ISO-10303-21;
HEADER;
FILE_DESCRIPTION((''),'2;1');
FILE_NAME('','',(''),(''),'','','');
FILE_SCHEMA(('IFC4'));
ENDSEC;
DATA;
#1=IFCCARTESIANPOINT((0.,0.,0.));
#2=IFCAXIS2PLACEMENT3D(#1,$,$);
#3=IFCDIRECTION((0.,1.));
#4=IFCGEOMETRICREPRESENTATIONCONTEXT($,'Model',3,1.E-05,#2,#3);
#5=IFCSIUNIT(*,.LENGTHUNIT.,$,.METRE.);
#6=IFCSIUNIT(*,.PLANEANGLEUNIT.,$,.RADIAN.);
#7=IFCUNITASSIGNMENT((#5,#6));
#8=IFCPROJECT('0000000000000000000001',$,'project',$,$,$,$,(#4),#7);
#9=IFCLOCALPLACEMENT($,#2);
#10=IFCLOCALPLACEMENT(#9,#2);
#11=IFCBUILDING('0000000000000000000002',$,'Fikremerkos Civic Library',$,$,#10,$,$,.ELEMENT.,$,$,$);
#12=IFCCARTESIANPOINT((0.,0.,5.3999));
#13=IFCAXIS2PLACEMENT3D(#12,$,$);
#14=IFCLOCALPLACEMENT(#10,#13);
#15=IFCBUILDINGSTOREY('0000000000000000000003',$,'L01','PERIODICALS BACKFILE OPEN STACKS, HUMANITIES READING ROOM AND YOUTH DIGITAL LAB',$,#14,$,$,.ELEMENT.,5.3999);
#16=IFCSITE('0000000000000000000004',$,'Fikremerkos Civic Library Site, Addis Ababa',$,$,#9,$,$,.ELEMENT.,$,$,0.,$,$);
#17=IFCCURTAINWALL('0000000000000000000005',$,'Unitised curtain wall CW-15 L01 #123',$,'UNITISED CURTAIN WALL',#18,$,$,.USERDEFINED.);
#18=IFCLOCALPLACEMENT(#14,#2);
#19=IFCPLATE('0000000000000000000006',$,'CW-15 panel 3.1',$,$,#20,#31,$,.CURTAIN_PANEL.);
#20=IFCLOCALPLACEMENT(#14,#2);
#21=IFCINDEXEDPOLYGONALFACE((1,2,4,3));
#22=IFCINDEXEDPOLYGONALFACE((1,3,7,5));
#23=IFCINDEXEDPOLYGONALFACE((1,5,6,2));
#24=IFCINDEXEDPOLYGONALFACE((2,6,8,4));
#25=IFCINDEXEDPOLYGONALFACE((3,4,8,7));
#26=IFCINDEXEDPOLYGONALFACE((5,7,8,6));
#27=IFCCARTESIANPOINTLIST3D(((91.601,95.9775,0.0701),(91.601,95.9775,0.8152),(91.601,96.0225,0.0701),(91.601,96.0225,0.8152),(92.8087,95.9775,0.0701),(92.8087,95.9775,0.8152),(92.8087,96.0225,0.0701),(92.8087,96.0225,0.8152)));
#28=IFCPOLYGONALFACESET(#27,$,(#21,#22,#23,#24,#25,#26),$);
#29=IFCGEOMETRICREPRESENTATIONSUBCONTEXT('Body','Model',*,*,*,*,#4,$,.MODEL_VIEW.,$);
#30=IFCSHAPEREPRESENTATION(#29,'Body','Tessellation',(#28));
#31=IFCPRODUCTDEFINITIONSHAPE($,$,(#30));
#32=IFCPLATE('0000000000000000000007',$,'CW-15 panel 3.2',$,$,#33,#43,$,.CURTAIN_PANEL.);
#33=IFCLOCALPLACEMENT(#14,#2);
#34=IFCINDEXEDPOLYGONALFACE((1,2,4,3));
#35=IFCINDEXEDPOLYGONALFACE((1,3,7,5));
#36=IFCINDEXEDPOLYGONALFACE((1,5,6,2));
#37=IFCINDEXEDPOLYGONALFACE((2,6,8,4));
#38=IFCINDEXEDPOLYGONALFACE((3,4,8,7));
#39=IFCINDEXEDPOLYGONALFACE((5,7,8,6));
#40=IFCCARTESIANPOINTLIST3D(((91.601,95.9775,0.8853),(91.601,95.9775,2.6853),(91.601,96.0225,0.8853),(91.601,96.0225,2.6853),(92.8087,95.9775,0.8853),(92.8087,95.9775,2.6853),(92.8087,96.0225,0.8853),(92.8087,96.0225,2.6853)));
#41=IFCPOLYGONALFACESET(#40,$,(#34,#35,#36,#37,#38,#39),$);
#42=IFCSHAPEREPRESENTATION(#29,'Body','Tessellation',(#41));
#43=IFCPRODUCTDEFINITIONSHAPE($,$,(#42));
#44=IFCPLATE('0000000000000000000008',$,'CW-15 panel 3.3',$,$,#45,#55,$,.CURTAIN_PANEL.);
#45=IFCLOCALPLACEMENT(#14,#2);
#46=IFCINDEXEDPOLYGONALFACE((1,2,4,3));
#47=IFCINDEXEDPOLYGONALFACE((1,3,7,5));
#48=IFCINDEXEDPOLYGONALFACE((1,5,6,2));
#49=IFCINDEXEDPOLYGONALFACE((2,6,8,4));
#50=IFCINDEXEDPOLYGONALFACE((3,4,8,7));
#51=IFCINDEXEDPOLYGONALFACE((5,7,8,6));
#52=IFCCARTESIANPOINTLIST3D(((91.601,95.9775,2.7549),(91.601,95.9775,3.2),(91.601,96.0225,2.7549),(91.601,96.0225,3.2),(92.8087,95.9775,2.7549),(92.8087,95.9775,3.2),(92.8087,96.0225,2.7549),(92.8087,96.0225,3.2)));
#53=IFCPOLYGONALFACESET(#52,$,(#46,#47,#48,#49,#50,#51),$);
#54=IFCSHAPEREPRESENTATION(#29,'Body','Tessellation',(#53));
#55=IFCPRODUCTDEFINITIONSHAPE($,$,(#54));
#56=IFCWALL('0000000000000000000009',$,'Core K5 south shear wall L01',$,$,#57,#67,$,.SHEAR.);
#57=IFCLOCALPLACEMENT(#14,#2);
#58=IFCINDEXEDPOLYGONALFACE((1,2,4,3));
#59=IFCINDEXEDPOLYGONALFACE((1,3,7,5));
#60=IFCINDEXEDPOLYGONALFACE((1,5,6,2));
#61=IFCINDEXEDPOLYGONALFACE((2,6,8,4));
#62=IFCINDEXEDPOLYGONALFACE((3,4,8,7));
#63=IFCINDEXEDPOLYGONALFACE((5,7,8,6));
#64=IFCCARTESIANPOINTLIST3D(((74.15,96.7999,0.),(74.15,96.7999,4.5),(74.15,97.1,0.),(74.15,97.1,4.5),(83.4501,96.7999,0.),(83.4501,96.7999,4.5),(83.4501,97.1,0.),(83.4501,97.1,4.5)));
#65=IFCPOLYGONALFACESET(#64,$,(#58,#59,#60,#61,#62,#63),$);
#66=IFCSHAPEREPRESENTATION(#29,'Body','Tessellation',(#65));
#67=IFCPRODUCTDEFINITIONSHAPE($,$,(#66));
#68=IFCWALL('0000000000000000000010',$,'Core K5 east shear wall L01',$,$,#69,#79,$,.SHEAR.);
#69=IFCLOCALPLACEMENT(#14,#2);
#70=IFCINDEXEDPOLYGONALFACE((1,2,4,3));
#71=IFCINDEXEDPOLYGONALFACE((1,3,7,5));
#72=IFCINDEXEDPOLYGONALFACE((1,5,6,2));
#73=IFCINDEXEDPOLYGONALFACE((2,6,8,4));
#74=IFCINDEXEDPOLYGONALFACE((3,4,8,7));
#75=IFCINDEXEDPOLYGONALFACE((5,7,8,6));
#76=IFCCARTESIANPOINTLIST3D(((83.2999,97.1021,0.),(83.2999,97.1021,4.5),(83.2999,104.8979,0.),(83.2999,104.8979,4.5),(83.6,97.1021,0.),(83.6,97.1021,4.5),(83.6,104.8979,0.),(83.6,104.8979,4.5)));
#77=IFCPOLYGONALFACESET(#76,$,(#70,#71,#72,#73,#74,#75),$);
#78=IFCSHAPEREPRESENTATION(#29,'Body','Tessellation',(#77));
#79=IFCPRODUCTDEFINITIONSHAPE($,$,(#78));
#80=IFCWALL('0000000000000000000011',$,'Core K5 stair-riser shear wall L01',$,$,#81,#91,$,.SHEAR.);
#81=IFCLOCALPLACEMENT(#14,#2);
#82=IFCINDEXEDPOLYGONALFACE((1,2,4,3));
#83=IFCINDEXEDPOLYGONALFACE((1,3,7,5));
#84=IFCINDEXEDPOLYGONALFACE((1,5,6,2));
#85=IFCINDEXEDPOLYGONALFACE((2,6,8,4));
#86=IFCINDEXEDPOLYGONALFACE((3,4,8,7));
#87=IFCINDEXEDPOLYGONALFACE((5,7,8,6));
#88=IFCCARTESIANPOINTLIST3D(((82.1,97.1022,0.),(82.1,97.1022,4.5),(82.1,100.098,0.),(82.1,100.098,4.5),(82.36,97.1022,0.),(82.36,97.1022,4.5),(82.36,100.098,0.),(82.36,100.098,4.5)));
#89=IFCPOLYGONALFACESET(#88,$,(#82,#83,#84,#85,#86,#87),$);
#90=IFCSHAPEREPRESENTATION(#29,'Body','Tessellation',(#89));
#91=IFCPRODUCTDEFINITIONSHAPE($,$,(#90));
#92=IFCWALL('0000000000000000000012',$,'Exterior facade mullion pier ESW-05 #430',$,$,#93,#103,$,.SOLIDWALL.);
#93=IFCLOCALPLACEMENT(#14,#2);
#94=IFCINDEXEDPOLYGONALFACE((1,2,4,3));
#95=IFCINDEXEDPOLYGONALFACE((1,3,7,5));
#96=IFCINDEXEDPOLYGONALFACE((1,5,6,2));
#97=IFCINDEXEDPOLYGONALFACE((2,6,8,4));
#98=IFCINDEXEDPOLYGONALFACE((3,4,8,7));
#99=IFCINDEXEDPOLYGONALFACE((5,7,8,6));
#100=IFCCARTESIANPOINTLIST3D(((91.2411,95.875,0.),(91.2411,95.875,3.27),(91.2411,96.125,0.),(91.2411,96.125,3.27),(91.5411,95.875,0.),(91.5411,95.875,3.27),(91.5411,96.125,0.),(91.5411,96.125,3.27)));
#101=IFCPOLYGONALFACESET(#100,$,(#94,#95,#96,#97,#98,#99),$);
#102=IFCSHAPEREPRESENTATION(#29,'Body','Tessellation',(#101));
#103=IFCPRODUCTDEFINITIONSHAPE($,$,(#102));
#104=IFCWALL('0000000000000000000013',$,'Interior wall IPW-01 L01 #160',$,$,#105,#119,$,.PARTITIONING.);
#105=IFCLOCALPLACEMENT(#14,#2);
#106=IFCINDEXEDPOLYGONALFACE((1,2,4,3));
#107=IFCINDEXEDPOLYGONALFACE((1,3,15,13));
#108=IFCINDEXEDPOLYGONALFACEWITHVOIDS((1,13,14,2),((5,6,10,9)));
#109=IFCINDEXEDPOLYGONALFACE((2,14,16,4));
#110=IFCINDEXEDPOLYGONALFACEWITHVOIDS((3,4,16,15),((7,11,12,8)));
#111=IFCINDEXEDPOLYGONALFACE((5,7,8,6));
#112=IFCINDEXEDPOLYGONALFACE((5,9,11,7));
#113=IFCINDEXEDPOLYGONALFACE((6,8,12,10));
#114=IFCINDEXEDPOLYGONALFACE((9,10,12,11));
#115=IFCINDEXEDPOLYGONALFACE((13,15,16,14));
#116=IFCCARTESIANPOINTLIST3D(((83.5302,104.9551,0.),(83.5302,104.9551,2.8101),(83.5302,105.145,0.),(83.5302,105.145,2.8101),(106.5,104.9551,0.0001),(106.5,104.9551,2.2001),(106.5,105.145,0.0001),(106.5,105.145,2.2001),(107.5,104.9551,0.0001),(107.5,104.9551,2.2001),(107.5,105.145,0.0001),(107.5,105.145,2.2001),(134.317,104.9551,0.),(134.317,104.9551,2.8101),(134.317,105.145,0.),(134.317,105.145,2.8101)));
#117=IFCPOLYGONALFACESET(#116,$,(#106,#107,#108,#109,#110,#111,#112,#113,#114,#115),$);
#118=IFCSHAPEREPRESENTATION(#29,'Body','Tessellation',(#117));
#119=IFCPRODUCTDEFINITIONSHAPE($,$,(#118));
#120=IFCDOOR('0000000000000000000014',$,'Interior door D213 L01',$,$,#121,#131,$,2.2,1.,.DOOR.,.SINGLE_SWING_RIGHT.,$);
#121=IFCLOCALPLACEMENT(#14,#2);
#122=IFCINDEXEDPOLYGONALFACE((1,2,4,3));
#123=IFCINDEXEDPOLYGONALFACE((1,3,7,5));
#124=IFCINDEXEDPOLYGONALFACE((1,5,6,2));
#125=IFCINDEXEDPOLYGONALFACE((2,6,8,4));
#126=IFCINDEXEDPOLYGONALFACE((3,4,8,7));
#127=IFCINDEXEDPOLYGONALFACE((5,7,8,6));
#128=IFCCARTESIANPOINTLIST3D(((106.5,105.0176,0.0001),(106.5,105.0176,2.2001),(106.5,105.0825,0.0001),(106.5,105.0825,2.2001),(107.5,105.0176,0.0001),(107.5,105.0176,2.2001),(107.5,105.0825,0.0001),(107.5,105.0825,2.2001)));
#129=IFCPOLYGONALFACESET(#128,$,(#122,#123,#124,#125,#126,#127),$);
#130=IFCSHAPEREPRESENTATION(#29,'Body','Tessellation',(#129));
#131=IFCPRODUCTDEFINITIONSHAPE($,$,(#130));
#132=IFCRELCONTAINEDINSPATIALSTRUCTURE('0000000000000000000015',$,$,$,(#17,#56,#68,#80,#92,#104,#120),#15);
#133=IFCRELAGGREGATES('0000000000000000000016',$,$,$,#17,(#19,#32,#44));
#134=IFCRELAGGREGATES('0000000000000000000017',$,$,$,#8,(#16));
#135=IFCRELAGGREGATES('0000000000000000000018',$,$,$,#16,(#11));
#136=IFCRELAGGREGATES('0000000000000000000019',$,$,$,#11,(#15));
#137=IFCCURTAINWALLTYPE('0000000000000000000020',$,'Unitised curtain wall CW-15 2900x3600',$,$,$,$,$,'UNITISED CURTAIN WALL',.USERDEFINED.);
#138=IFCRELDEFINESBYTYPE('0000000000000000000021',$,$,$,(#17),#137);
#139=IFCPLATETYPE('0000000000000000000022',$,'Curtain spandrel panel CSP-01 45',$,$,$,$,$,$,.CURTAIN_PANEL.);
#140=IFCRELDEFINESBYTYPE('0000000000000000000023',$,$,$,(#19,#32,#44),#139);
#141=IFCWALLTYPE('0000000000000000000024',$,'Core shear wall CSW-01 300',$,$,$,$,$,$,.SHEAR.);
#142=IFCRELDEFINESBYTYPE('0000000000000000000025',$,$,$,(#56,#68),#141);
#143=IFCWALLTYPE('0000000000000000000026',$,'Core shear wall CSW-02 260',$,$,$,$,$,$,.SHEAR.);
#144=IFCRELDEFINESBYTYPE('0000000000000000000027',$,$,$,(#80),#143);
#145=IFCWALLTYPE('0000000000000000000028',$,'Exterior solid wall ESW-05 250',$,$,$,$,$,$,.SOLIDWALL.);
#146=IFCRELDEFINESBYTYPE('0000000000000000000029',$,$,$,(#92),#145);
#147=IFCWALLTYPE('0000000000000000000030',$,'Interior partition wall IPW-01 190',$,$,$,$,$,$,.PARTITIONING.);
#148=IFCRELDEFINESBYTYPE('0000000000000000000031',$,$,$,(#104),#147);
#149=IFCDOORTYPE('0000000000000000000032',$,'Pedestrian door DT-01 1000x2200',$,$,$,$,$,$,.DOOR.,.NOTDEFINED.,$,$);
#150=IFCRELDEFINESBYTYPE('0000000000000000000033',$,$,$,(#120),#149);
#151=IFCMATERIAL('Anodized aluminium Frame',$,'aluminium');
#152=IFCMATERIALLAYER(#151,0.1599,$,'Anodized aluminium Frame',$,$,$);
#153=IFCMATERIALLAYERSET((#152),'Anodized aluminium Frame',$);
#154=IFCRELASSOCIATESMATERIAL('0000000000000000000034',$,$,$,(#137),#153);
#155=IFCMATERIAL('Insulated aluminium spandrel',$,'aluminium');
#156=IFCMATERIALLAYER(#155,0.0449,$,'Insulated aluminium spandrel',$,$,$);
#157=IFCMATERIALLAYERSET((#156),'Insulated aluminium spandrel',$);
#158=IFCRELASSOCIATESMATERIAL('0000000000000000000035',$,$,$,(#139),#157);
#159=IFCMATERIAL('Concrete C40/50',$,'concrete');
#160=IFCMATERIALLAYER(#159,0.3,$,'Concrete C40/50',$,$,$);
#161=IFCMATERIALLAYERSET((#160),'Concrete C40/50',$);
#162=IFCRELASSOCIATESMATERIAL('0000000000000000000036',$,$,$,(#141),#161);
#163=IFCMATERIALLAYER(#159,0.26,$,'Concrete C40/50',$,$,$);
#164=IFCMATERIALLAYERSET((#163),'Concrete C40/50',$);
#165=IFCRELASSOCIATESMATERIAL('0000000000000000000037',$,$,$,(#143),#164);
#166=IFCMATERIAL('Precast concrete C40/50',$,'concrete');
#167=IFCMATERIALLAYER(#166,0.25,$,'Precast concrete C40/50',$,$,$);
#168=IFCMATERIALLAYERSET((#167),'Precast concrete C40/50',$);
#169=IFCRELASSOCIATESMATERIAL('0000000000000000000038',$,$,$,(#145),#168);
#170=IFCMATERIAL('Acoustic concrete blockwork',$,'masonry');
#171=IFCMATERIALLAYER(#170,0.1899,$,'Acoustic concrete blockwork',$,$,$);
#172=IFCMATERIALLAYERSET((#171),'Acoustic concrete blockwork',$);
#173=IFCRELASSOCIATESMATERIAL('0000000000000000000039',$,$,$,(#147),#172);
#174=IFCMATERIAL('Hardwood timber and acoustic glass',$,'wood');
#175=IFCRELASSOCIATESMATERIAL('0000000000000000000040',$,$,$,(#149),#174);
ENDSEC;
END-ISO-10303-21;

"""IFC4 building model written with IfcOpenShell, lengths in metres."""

from ifc_helpers import new_model, si_unit, direction, frame, frame_2d, origin, origin_2d, place, context, subcontext, project, spatial, rectangle, extrude, material, layer, layer_set, type_object, element, fill, aggregate, save


model = new_model("IFC4")

# Units and contexts
model_context = context("Model", 3, precision=1e-05, world=origin(), true_north=direction((0.0, 1.0)))
body_context = subcontext(model_context, "Body", "Model", "MODEL_VIEW")
ifc_project = project(units=[si_unit("LENGTHUNIT", "METRE"), si_unit("PLANEANGLEUNIT", "RADIAN")], contexts=[model_context])

# Site, building, storey
site_placement = place(None, origin())
site = spatial("IfcSite", under=ifc_project, at=site_placement, Name="Fikremerkos Civic Library Site, Addis Ababa", CompositionType="ELEMENT", RefElevation=0.0)
building_placement = place(site_placement, origin())
building = spatial("IfcBuilding", under=site, at=building_placement, Name="Fikremerkos Civic Library", CompositionType="ELEMENT")
storey_placement = place(building_placement, frame((0.0, 0.0, 5.3999)))
storey = spatial("IfcBuildingStorey", under=building, at=storey_placement, Name="L01", Description="PERIODICALS BACKFILE OPEN STACKS, HUMANITIES READING ROOM AND YOUTH DIGITAL LAB", CompositionType="ELEMENT", Elevation=5.3999)

# Curtain wall
ifc_material_1 = material(Name="Anodized aluminium Frame", Category="aluminium")
ifc_layer_1 = layer(ifc_material_1, 0.1599, Name="Anodized aluminium Frame")
ifc_layer_set_1 = layer_set([ifc_layer_1], Name="Anodized aluminium Frame")
curtain_wall_type_1 = type_object("IfcCurtainWallType", Name="Unitised curtain wall CW-15 2900x3600", ElementType="UNITISED CURTAIN WALL", PredefinedType="USERDEFINED", material=ifc_layer_set_1)
curtain_wall_1_placement = place(storey_placement, origin())
curtain_wall_1 = element("IfcCurtainWall", 1, at=curtain_wall_1_placement, inside=storey, type_object=curtain_wall_type_1, Name="Unitised curtain wall CW-15 L01 #123", ObjectType="UNITISED CURTAIN WALL", PredefinedType="USERDEFINED")

# Plates
ifc_material_2 = material(Name="Insulated aluminium spandrel", Category="aluminium")
ifc_layer_2 = layer(ifc_material_2, 0.0449, Name="Insulated aluminium spandrel")
ifc_layer_set_2 = layer_set([ifc_layer_2], Name="Insulated aluminium spandrel")
plate_type_1 = type_object("IfcPlateType", Name="Curtain spandrel panel CSP-01 45", PredefinedType="CURTAIN_PANEL", material=ifc_layer_set_2)
plate_1_placement = place(storey_placement, frame((92.2048, 96.0, 0.0701), z_axis=(0.0, 0.0, 1.0), x_axis=(-1.0, 0.0, 0.0)))
plate_1 = element("IfcPlate", 2, at=plate_1_placement, type_object=plate_type_1, Name="CW-15 panel 3.1", PredefinedType="CURTAIN_PANEL", context=body_context, shape_type="SweptSolid", body=[
    extrude(rectangle(XDim=1.2078, YDim=0.0449, at=origin_2d()), origin(), (0.0, 0.0, 1.0), 0.7451),
])
plate_2_placement = place(storey_placement, frame((92.2048, 96.0, 0.8853), z_axis=(0.0, 0.0, 1.0), x_axis=(-1.0, 0.0, 0.0)))
plate_2 = element("IfcPlate", 3, at=plate_2_placement, type_object=plate_type_1, Name="CW-15 panel 3.2", PredefinedType="CURTAIN_PANEL", context=body_context, shape_type="SweptSolid", body=[
    extrude(rectangle(XDim=1.2078, YDim=0.0449, at=origin_2d()), origin(), (0.0, 0.0, 1.0), 1.8),
])
plate_3_placement = place(storey_placement, frame((92.2048, 96.0, 2.7549), z_axis=(0.0, 0.0, 1.0), x_axis=(-1.0, 0.0, 0.0)))
plate_3 = element("IfcPlate", 4, at=plate_3_placement, type_object=plate_type_1, Name="CW-15 panel 3.3", PredefinedType="CURTAIN_PANEL", context=body_context, shape_type="SweptSolid", body=[
    extrude(rectangle(XDim=1.2078, YDim=0.0449, at=origin_2d()), origin(), (0.0, 0.0, 1.0), 0.4451),
])
aggregate(curtain_wall_1, [plate_1, plate_2, plate_3])

# Walls
ifc_material_3 = material(Name="Concrete C40/50", Category="concrete")
ifc_layer_3 = layer(ifc_material_3, 0.3, Name="Concrete C40/50")
ifc_layer_set_3 = layer_set([ifc_layer_3], Name="Concrete C40/50")
wall_type_1 = type_object("IfcWallType", Name="Core shear wall CSW-01 300", PredefinedType="SHEAR", material=ifc_layer_set_3)
wall_1_placement = place(storey_placement, frame((83.45, 96.95, 0.0), z_axis=(0.0, 0.0, 1.0), x_axis=(-1.0, 0.0, 0.0)))
element("IfcWall", 5, at=wall_1_placement, inside=storey, type_object=wall_type_1, Name="Core K5 south shear wall L01", PredefinedType="SHEAR", context=body_context, shape_type="SweptSolid", body=[
    extrude(rectangle(XDim=9.3, YDim=0.3, at=frame_2d((4.6499, 0.0))), origin(), (0.0, 0.0, 1.0), 4.5),
])
wall_2_placement = place(storey_placement, frame((83.45, 104.8979, 0.0), z_axis=(0.0, 0.0, 1.0), x_axis=(0.0, -1.0, 0.0)))
element("IfcWall", 6, at=wall_2_placement, inside=storey, type_object=wall_type_1, Name="Core K5 east shear wall L01", PredefinedType="SHEAR", context=body_context, shape_type="SweptSolid", body=[
    extrude(rectangle(XDim=7.7959, YDim=0.3, at=frame_2d((3.8979, 0.0))), origin(), (0.0, 0.0, 1.0), 4.5),
])
ifc_layer_4 = layer(ifc_material_3, 0.26, Name="Concrete C40/50")
ifc_layer_set_4 = layer_set([ifc_layer_4], Name="Concrete C40/50")
wall_type_2 = type_object("IfcWallType", Name="Core shear wall CSW-02 260", PredefinedType="SHEAR", material=ifc_layer_set_4)
wall_3_placement = place(storey_placement, frame((82.23, 97.1021, 0.0), z_axis=(0.0, 0.0, 1.0), x_axis=(0.0, 1.0, 0.0)))
element("IfcWall", 7, at=wall_3_placement, inside=storey, type_object=wall_type_2, Name="Core K5 stair-riser shear wall L01", PredefinedType="SHEAR", context=body_context, shape_type="SweptSolid", body=[
    extrude(rectangle(XDim=2.9958, YDim=0.26, at=frame_2d((1.498, 0.0))), origin(), (0.0, 0.0, 1.0), 4.5),
])

# Wall
ifc_material_4 = material(Name="Precast concrete C40/50", Category="concrete")
ifc_layer_5 = layer(ifc_material_4, 0.25, Name="Precast concrete C40/50")
ifc_layer_set_5 = layer_set([ifc_layer_5], Name="Precast concrete C40/50")
wall_type_3 = type_object("IfcWallType", Name="Exterior solid wall ESW-05 250", PredefinedType="SOLIDWALL", material=ifc_layer_set_5)
wall_4_placement = place(storey_placement, frame((91.541, 96.0, 0.0), z_axis=(0.0, 0.0, 1.0), x_axis=(-1.0, 0.0, 0.0)))
element("IfcWall", 8, at=wall_4_placement, inside=storey, type_object=wall_type_3, Name="Exterior facade mullion pier ESW-05 #430", PredefinedType="SOLIDWALL", context=body_context, shape_type="SweptSolid", body=[
    extrude(rectangle(XDim=0.3, YDim=0.25, at=frame_2d((0.1499, 0.0))), origin(), (0.0, 0.0, 1.0), 3.27),
])

# Wall, opening, door
ifc_material_5 = material(Name="Acoustic concrete blockwork", Category="masonry")
ifc_layer_6 = layer(ifc_material_5, 0.1899, Name="Acoustic concrete blockwork")
ifc_layer_set_6 = layer_set([ifc_layer_6], Name="Acoustic concrete blockwork")
wall_type_4 = type_object("IfcWallType", Name="Interior partition wall IPW-01 190", PredefinedType="PARTITIONING", material=ifc_layer_set_6)
wall_5_placement = place(storey_placement, frame((83.53, 105.05, 0.0), z_axis=(0.0, 0.0, 1.0), x_axis=(1.0, 0.0, 0.0)))
wall_5 = element("IfcWall", 9, at=wall_5_placement, inside=storey, type_object=wall_type_4, Name="Interior wall IPW-01 L01 #160", PredefinedType="PARTITIONING", context=body_context, shape_type="SweptSolid", body=[
    extrude(rectangle(XDim=50.7869, YDim=0.1899, at=frame_2d((25.3936, 0.0))), origin(), (0.0, 0.0, 1.0), 2.8101),
])
opening_1_placement = place(wall_5_placement, frame((22.97, 0.0, 0.0)))
opening_1 = element("IfcOpeningElement", 10, at=opening_1_placement, cuts=wall_5, PredefinedType="OPENING", context=body_context, shape_type="SweptSolid", body=[
    extrude(rectangle(XDim=1.0, YDim=2.2, at=frame_2d((0.5, 1.1001))), frame((0.0, 0.105, 0.0), z_axis=(0.0, -1.0, 0.0), x_axis=(1.0, 0.0, 0.0)), (0.0, 0.0, 1.0), 0.21),
])
ifc_material_6 = material(Name="Hardwood timber and acoustic glass", Category="wood")
door_type_1 = type_object("IfcDoorType", Name="Pedestrian door DT-01 1000x2200", OperationType="NOTDEFINED", PredefinedType="DOOR", material=ifc_material_6)
door_1_placement = place(opening_1_placement, origin())
door_1 = element("IfcDoor", 11, at=door_1_placement, inside=storey, type_object=door_type_1, Name="Interior door D213 L01", OperationType="SINGLE_SWING_RIGHT", OverallHeight=2.2, OverallWidth=1.0, PredefinedType="DOOR", context=body_context, shape_type="SweptSolid", body=[
    extrude(rectangle(XDim=1.0, YDim=2.2, at=frame_2d((0.5, 1.1001))), frame((0.0, 0.0325, 0.0), z_axis=(0.0, -1.0, 0.0), x_axis=(1.0, 0.0, 0.0)), (0.0, 0.0, 1.0), 0.0649),
])
fill(opening_1, door_1)

save(model, "model.ifc")
